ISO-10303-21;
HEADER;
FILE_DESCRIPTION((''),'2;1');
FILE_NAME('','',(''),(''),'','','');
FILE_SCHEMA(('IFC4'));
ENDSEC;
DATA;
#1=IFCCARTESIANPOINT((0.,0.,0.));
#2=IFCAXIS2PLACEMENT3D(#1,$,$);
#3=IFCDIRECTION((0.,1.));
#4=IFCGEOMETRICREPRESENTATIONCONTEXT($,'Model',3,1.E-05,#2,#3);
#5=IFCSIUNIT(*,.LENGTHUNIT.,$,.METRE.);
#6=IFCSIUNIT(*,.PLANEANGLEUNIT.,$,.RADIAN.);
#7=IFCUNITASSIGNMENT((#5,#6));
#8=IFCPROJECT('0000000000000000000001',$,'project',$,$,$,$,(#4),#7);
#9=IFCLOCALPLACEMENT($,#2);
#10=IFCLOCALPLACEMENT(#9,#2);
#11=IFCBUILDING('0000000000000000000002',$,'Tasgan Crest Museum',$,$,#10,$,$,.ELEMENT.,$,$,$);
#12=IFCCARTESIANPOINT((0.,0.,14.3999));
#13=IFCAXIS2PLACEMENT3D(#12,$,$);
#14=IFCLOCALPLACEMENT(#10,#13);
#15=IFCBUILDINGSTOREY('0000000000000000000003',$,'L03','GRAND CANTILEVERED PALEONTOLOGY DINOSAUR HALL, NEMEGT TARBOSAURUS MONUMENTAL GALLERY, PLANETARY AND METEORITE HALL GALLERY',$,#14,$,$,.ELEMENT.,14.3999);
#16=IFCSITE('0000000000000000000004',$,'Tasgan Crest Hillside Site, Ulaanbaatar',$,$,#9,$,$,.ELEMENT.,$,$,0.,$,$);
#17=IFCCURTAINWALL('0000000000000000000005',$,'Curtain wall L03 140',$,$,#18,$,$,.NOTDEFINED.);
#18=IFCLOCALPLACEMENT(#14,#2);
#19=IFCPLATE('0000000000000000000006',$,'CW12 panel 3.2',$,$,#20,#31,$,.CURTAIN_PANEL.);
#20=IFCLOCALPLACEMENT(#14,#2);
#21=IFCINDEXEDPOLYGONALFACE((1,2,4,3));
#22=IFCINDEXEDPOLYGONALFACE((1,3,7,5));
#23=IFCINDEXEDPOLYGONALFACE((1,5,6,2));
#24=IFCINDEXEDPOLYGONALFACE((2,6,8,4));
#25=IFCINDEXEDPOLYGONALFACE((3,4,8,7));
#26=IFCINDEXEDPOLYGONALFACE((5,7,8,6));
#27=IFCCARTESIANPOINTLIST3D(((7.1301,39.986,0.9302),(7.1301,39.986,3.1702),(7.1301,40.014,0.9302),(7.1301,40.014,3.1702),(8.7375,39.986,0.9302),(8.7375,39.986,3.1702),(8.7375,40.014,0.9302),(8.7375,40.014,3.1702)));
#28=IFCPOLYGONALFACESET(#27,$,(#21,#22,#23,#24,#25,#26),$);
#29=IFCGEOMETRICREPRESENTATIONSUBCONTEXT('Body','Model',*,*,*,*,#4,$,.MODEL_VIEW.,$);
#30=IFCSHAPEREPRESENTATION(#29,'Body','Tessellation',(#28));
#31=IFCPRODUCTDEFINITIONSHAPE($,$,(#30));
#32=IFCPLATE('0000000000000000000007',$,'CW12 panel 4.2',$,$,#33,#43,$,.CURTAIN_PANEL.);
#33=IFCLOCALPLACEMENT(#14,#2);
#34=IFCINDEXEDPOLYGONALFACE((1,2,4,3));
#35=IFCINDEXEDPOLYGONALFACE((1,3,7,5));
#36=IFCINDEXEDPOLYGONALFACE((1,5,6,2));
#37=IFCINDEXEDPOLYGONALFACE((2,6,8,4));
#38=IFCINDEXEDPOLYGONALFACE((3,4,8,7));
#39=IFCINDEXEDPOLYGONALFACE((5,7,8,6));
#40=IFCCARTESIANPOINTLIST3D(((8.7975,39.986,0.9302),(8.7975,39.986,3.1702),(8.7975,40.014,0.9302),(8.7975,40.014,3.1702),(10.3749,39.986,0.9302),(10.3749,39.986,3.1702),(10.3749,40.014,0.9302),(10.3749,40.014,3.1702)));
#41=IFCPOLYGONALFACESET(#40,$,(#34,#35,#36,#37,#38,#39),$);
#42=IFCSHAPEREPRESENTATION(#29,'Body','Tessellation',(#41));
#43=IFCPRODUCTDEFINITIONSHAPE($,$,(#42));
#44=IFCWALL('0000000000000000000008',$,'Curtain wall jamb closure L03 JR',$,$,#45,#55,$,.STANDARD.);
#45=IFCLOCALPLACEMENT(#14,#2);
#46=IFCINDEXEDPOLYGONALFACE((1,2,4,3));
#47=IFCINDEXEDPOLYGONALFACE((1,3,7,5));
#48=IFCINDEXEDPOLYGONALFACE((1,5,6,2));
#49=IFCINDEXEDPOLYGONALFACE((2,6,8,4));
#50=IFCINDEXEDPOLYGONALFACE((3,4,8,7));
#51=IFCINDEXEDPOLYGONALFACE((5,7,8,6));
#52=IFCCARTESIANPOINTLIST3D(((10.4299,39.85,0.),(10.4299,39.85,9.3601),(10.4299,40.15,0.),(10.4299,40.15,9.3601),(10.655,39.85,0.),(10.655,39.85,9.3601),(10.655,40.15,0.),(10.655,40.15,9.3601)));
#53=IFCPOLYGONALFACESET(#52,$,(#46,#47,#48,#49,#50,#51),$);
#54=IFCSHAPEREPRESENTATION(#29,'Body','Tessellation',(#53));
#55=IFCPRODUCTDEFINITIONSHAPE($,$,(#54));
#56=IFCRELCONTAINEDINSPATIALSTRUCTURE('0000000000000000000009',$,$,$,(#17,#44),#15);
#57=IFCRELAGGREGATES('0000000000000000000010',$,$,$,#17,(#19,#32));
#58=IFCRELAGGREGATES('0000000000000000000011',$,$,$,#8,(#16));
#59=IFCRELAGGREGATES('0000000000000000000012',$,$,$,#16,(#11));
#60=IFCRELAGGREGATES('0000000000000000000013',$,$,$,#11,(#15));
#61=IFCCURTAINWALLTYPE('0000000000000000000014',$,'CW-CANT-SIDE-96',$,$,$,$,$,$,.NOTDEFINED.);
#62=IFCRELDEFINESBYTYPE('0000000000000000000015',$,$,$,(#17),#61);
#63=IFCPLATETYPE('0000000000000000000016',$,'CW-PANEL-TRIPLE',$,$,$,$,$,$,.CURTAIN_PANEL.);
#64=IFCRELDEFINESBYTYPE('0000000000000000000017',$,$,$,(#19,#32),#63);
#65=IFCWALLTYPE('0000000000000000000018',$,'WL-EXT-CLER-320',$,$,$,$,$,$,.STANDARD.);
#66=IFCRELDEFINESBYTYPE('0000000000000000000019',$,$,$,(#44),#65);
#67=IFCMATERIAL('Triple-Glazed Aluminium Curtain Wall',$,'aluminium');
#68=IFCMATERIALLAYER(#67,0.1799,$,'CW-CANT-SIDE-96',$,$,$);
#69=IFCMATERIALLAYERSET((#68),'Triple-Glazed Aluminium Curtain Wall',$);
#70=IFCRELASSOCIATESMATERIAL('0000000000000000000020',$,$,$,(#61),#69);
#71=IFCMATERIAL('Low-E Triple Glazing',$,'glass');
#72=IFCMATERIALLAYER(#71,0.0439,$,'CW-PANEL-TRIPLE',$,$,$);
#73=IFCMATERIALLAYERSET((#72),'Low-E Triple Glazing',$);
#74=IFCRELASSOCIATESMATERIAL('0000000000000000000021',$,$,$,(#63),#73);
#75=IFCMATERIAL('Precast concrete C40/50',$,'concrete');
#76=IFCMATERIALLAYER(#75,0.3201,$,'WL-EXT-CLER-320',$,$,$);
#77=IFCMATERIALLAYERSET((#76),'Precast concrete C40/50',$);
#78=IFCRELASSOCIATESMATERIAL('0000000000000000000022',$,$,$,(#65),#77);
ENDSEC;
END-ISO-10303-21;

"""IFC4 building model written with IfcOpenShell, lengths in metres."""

from ifc_helpers import new_model, si_unit, direction, frame, frame_2d, origin, origin_2d, place, context, subcontext, project, spatial, rectangle, extrude, material, layer, layer_set, type_object, element, aggregate, save


model = new_model("IFC4")

# Units and contexts
model_context = context("Model", 3, precision=1e-05, world=origin(), true_north=direction((0.0, 1.0)))
body_context = subcontext(model_context, "Body", "Model", "MODEL_VIEW")
ifc_project = project(units=[si_unit("LENGTHUNIT", "METRE"), si_unit("PLANEANGLEUNIT", "RADIAN")], contexts=[model_context])

# Site, building, storey
site_placement = place(None, origin())
site = spatial("IfcSite", under=ifc_project, at=site_placement, Name="Tasgan Crest Hillside Site, Ulaanbaatar", CompositionType="ELEMENT", RefElevation=0.0)
building_placement = place(site_placement, origin())
building = spatial("IfcBuilding", under=site, at=building_placement, Name="Tasgan Crest Museum", CompositionType="ELEMENT")
storey_placement = place(building_placement, frame((0.0, 0.0, 14.3999)))
storey = spatial("IfcBuildingStorey", under=building, at=storey_placement, Name="L03", Description="GRAND CANTILEVERED PALEONTOLOGY DINOSAUR HALL, NEMEGT TARBOSAURUS MONUMENTAL GALLERY, PLANETARY AND METEORITE HALL GALLERY", CompositionType="ELEMENT", Elevation=14.3999)

# Curtain wall, plates
ifc_material_1 = material(Name="Triple-Glazed Aluminium Curtain Wall", Category="aluminium")
ifc_layer_1 = layer(ifc_material_1, 0.1799, Name="CW-CANT-SIDE-96")
ifc_layer_set_1 = layer_set([ifc_layer_1], Name="Triple-Glazed Aluminium Curtain Wall")
curtain_wall_type = type_object("IfcCurtainWallType", Name="CW-CANT-SIDE-96", PredefinedType="NOTDEFINED", material=ifc_layer_set_1)
curtain_wall_placement = place(storey_placement, origin())
curtain_wall = element("IfcCurtainWall", 1, at=curtain_wall_placement, inside=storey, type_object=curtain_wall_type, Name="Curtain wall L03 140", PredefinedType="NOTDEFINED")
ifc_material_2 = material(Name="Low-E Triple Glazing", Category="glass")
ifc_layer_2 = layer(ifc_material_2, 0.0439, Name="CW-PANEL-TRIPLE")
ifc_layer_set_2 = layer_set([ifc_layer_2], Name="Low-E Triple Glazing")
plate_type_1 = type_object("IfcPlateType", Name="CW-PANEL-TRIPLE", PredefinedType="CURTAIN_PANEL", material=ifc_layer_set_2)
plate_1_placement = place(storey_placement, frame((7.9338, 40.0, 0.9302), z_axis=(0.0, 0.0, 1.0), x_axis=(1.0, 0.0, 0.0)))
plate_1 = element("IfcPlate", 2, at=plate_1_placement, type_object=plate_type_1, Name="CW12 panel 3.2", PredefinedType="CURTAIN_PANEL", context=body_context, shape_type="SweptSolid", body=[
    extrude(rectangle(XDim=1.6074, YDim=0.0281, at=origin_2d()), origin(), (0.0, 0.0, 1.0), 2.24),
])
plate_2_placement = place(storey_placement, frame((9.5862, 40.0, 0.9302), z_axis=(0.0, 0.0, 1.0), x_axis=(1.0, 0.0, 0.0)))
plate_2 = element("IfcPlate", 3, at=plate_2_placement, type_object=plate_type_1, Name="CW12 panel 4.2", PredefinedType="CURTAIN_PANEL", context=body_context, shape_type="SweptSolid", body=[
    extrude(rectangle(XDim=1.5774, YDim=0.0281, at=origin_2d()), origin(), (0.0, 0.0, 1.0), 2.24),
])
aggregate(curtain_wall, [plate_1, plate_2])

# Wall
ifc_material_3 = material(Name="Precast concrete C40/50", Category="concrete")
ifc_layer_3 = layer(ifc_material_3, 0.3201, Name="WL-EXT-CLER-320")
ifc_layer_set_3 = layer_set([ifc_layer_3], Name="Precast concrete C40/50")
wall_type = type_object("IfcWallType", Name="WL-EXT-CLER-320", PredefinedType="STANDARD", material=ifc_layer_set_3)
wall_placement = place(storey_placement, frame((10.4299, 40.0, 0.0), z_axis=(0.0, 0.0, 1.0), x_axis=(1.0, 0.0, 0.0)))
element("IfcWall", 4, at=wall_placement, inside=storey, type_object=wall_type, Name="Curtain wall jamb closure L03 JR", PredefinedType="STANDARD", context=body_context, shape_type="SweptSolid", body=[
    extrude(rectangle(XDim=0.2251, YDim=0.3, at=frame_2d((0.1125, 0.0))), origin(), (0.0, 0.0, 1.0), 9.3601),
])

save(model, "model.ifc")
